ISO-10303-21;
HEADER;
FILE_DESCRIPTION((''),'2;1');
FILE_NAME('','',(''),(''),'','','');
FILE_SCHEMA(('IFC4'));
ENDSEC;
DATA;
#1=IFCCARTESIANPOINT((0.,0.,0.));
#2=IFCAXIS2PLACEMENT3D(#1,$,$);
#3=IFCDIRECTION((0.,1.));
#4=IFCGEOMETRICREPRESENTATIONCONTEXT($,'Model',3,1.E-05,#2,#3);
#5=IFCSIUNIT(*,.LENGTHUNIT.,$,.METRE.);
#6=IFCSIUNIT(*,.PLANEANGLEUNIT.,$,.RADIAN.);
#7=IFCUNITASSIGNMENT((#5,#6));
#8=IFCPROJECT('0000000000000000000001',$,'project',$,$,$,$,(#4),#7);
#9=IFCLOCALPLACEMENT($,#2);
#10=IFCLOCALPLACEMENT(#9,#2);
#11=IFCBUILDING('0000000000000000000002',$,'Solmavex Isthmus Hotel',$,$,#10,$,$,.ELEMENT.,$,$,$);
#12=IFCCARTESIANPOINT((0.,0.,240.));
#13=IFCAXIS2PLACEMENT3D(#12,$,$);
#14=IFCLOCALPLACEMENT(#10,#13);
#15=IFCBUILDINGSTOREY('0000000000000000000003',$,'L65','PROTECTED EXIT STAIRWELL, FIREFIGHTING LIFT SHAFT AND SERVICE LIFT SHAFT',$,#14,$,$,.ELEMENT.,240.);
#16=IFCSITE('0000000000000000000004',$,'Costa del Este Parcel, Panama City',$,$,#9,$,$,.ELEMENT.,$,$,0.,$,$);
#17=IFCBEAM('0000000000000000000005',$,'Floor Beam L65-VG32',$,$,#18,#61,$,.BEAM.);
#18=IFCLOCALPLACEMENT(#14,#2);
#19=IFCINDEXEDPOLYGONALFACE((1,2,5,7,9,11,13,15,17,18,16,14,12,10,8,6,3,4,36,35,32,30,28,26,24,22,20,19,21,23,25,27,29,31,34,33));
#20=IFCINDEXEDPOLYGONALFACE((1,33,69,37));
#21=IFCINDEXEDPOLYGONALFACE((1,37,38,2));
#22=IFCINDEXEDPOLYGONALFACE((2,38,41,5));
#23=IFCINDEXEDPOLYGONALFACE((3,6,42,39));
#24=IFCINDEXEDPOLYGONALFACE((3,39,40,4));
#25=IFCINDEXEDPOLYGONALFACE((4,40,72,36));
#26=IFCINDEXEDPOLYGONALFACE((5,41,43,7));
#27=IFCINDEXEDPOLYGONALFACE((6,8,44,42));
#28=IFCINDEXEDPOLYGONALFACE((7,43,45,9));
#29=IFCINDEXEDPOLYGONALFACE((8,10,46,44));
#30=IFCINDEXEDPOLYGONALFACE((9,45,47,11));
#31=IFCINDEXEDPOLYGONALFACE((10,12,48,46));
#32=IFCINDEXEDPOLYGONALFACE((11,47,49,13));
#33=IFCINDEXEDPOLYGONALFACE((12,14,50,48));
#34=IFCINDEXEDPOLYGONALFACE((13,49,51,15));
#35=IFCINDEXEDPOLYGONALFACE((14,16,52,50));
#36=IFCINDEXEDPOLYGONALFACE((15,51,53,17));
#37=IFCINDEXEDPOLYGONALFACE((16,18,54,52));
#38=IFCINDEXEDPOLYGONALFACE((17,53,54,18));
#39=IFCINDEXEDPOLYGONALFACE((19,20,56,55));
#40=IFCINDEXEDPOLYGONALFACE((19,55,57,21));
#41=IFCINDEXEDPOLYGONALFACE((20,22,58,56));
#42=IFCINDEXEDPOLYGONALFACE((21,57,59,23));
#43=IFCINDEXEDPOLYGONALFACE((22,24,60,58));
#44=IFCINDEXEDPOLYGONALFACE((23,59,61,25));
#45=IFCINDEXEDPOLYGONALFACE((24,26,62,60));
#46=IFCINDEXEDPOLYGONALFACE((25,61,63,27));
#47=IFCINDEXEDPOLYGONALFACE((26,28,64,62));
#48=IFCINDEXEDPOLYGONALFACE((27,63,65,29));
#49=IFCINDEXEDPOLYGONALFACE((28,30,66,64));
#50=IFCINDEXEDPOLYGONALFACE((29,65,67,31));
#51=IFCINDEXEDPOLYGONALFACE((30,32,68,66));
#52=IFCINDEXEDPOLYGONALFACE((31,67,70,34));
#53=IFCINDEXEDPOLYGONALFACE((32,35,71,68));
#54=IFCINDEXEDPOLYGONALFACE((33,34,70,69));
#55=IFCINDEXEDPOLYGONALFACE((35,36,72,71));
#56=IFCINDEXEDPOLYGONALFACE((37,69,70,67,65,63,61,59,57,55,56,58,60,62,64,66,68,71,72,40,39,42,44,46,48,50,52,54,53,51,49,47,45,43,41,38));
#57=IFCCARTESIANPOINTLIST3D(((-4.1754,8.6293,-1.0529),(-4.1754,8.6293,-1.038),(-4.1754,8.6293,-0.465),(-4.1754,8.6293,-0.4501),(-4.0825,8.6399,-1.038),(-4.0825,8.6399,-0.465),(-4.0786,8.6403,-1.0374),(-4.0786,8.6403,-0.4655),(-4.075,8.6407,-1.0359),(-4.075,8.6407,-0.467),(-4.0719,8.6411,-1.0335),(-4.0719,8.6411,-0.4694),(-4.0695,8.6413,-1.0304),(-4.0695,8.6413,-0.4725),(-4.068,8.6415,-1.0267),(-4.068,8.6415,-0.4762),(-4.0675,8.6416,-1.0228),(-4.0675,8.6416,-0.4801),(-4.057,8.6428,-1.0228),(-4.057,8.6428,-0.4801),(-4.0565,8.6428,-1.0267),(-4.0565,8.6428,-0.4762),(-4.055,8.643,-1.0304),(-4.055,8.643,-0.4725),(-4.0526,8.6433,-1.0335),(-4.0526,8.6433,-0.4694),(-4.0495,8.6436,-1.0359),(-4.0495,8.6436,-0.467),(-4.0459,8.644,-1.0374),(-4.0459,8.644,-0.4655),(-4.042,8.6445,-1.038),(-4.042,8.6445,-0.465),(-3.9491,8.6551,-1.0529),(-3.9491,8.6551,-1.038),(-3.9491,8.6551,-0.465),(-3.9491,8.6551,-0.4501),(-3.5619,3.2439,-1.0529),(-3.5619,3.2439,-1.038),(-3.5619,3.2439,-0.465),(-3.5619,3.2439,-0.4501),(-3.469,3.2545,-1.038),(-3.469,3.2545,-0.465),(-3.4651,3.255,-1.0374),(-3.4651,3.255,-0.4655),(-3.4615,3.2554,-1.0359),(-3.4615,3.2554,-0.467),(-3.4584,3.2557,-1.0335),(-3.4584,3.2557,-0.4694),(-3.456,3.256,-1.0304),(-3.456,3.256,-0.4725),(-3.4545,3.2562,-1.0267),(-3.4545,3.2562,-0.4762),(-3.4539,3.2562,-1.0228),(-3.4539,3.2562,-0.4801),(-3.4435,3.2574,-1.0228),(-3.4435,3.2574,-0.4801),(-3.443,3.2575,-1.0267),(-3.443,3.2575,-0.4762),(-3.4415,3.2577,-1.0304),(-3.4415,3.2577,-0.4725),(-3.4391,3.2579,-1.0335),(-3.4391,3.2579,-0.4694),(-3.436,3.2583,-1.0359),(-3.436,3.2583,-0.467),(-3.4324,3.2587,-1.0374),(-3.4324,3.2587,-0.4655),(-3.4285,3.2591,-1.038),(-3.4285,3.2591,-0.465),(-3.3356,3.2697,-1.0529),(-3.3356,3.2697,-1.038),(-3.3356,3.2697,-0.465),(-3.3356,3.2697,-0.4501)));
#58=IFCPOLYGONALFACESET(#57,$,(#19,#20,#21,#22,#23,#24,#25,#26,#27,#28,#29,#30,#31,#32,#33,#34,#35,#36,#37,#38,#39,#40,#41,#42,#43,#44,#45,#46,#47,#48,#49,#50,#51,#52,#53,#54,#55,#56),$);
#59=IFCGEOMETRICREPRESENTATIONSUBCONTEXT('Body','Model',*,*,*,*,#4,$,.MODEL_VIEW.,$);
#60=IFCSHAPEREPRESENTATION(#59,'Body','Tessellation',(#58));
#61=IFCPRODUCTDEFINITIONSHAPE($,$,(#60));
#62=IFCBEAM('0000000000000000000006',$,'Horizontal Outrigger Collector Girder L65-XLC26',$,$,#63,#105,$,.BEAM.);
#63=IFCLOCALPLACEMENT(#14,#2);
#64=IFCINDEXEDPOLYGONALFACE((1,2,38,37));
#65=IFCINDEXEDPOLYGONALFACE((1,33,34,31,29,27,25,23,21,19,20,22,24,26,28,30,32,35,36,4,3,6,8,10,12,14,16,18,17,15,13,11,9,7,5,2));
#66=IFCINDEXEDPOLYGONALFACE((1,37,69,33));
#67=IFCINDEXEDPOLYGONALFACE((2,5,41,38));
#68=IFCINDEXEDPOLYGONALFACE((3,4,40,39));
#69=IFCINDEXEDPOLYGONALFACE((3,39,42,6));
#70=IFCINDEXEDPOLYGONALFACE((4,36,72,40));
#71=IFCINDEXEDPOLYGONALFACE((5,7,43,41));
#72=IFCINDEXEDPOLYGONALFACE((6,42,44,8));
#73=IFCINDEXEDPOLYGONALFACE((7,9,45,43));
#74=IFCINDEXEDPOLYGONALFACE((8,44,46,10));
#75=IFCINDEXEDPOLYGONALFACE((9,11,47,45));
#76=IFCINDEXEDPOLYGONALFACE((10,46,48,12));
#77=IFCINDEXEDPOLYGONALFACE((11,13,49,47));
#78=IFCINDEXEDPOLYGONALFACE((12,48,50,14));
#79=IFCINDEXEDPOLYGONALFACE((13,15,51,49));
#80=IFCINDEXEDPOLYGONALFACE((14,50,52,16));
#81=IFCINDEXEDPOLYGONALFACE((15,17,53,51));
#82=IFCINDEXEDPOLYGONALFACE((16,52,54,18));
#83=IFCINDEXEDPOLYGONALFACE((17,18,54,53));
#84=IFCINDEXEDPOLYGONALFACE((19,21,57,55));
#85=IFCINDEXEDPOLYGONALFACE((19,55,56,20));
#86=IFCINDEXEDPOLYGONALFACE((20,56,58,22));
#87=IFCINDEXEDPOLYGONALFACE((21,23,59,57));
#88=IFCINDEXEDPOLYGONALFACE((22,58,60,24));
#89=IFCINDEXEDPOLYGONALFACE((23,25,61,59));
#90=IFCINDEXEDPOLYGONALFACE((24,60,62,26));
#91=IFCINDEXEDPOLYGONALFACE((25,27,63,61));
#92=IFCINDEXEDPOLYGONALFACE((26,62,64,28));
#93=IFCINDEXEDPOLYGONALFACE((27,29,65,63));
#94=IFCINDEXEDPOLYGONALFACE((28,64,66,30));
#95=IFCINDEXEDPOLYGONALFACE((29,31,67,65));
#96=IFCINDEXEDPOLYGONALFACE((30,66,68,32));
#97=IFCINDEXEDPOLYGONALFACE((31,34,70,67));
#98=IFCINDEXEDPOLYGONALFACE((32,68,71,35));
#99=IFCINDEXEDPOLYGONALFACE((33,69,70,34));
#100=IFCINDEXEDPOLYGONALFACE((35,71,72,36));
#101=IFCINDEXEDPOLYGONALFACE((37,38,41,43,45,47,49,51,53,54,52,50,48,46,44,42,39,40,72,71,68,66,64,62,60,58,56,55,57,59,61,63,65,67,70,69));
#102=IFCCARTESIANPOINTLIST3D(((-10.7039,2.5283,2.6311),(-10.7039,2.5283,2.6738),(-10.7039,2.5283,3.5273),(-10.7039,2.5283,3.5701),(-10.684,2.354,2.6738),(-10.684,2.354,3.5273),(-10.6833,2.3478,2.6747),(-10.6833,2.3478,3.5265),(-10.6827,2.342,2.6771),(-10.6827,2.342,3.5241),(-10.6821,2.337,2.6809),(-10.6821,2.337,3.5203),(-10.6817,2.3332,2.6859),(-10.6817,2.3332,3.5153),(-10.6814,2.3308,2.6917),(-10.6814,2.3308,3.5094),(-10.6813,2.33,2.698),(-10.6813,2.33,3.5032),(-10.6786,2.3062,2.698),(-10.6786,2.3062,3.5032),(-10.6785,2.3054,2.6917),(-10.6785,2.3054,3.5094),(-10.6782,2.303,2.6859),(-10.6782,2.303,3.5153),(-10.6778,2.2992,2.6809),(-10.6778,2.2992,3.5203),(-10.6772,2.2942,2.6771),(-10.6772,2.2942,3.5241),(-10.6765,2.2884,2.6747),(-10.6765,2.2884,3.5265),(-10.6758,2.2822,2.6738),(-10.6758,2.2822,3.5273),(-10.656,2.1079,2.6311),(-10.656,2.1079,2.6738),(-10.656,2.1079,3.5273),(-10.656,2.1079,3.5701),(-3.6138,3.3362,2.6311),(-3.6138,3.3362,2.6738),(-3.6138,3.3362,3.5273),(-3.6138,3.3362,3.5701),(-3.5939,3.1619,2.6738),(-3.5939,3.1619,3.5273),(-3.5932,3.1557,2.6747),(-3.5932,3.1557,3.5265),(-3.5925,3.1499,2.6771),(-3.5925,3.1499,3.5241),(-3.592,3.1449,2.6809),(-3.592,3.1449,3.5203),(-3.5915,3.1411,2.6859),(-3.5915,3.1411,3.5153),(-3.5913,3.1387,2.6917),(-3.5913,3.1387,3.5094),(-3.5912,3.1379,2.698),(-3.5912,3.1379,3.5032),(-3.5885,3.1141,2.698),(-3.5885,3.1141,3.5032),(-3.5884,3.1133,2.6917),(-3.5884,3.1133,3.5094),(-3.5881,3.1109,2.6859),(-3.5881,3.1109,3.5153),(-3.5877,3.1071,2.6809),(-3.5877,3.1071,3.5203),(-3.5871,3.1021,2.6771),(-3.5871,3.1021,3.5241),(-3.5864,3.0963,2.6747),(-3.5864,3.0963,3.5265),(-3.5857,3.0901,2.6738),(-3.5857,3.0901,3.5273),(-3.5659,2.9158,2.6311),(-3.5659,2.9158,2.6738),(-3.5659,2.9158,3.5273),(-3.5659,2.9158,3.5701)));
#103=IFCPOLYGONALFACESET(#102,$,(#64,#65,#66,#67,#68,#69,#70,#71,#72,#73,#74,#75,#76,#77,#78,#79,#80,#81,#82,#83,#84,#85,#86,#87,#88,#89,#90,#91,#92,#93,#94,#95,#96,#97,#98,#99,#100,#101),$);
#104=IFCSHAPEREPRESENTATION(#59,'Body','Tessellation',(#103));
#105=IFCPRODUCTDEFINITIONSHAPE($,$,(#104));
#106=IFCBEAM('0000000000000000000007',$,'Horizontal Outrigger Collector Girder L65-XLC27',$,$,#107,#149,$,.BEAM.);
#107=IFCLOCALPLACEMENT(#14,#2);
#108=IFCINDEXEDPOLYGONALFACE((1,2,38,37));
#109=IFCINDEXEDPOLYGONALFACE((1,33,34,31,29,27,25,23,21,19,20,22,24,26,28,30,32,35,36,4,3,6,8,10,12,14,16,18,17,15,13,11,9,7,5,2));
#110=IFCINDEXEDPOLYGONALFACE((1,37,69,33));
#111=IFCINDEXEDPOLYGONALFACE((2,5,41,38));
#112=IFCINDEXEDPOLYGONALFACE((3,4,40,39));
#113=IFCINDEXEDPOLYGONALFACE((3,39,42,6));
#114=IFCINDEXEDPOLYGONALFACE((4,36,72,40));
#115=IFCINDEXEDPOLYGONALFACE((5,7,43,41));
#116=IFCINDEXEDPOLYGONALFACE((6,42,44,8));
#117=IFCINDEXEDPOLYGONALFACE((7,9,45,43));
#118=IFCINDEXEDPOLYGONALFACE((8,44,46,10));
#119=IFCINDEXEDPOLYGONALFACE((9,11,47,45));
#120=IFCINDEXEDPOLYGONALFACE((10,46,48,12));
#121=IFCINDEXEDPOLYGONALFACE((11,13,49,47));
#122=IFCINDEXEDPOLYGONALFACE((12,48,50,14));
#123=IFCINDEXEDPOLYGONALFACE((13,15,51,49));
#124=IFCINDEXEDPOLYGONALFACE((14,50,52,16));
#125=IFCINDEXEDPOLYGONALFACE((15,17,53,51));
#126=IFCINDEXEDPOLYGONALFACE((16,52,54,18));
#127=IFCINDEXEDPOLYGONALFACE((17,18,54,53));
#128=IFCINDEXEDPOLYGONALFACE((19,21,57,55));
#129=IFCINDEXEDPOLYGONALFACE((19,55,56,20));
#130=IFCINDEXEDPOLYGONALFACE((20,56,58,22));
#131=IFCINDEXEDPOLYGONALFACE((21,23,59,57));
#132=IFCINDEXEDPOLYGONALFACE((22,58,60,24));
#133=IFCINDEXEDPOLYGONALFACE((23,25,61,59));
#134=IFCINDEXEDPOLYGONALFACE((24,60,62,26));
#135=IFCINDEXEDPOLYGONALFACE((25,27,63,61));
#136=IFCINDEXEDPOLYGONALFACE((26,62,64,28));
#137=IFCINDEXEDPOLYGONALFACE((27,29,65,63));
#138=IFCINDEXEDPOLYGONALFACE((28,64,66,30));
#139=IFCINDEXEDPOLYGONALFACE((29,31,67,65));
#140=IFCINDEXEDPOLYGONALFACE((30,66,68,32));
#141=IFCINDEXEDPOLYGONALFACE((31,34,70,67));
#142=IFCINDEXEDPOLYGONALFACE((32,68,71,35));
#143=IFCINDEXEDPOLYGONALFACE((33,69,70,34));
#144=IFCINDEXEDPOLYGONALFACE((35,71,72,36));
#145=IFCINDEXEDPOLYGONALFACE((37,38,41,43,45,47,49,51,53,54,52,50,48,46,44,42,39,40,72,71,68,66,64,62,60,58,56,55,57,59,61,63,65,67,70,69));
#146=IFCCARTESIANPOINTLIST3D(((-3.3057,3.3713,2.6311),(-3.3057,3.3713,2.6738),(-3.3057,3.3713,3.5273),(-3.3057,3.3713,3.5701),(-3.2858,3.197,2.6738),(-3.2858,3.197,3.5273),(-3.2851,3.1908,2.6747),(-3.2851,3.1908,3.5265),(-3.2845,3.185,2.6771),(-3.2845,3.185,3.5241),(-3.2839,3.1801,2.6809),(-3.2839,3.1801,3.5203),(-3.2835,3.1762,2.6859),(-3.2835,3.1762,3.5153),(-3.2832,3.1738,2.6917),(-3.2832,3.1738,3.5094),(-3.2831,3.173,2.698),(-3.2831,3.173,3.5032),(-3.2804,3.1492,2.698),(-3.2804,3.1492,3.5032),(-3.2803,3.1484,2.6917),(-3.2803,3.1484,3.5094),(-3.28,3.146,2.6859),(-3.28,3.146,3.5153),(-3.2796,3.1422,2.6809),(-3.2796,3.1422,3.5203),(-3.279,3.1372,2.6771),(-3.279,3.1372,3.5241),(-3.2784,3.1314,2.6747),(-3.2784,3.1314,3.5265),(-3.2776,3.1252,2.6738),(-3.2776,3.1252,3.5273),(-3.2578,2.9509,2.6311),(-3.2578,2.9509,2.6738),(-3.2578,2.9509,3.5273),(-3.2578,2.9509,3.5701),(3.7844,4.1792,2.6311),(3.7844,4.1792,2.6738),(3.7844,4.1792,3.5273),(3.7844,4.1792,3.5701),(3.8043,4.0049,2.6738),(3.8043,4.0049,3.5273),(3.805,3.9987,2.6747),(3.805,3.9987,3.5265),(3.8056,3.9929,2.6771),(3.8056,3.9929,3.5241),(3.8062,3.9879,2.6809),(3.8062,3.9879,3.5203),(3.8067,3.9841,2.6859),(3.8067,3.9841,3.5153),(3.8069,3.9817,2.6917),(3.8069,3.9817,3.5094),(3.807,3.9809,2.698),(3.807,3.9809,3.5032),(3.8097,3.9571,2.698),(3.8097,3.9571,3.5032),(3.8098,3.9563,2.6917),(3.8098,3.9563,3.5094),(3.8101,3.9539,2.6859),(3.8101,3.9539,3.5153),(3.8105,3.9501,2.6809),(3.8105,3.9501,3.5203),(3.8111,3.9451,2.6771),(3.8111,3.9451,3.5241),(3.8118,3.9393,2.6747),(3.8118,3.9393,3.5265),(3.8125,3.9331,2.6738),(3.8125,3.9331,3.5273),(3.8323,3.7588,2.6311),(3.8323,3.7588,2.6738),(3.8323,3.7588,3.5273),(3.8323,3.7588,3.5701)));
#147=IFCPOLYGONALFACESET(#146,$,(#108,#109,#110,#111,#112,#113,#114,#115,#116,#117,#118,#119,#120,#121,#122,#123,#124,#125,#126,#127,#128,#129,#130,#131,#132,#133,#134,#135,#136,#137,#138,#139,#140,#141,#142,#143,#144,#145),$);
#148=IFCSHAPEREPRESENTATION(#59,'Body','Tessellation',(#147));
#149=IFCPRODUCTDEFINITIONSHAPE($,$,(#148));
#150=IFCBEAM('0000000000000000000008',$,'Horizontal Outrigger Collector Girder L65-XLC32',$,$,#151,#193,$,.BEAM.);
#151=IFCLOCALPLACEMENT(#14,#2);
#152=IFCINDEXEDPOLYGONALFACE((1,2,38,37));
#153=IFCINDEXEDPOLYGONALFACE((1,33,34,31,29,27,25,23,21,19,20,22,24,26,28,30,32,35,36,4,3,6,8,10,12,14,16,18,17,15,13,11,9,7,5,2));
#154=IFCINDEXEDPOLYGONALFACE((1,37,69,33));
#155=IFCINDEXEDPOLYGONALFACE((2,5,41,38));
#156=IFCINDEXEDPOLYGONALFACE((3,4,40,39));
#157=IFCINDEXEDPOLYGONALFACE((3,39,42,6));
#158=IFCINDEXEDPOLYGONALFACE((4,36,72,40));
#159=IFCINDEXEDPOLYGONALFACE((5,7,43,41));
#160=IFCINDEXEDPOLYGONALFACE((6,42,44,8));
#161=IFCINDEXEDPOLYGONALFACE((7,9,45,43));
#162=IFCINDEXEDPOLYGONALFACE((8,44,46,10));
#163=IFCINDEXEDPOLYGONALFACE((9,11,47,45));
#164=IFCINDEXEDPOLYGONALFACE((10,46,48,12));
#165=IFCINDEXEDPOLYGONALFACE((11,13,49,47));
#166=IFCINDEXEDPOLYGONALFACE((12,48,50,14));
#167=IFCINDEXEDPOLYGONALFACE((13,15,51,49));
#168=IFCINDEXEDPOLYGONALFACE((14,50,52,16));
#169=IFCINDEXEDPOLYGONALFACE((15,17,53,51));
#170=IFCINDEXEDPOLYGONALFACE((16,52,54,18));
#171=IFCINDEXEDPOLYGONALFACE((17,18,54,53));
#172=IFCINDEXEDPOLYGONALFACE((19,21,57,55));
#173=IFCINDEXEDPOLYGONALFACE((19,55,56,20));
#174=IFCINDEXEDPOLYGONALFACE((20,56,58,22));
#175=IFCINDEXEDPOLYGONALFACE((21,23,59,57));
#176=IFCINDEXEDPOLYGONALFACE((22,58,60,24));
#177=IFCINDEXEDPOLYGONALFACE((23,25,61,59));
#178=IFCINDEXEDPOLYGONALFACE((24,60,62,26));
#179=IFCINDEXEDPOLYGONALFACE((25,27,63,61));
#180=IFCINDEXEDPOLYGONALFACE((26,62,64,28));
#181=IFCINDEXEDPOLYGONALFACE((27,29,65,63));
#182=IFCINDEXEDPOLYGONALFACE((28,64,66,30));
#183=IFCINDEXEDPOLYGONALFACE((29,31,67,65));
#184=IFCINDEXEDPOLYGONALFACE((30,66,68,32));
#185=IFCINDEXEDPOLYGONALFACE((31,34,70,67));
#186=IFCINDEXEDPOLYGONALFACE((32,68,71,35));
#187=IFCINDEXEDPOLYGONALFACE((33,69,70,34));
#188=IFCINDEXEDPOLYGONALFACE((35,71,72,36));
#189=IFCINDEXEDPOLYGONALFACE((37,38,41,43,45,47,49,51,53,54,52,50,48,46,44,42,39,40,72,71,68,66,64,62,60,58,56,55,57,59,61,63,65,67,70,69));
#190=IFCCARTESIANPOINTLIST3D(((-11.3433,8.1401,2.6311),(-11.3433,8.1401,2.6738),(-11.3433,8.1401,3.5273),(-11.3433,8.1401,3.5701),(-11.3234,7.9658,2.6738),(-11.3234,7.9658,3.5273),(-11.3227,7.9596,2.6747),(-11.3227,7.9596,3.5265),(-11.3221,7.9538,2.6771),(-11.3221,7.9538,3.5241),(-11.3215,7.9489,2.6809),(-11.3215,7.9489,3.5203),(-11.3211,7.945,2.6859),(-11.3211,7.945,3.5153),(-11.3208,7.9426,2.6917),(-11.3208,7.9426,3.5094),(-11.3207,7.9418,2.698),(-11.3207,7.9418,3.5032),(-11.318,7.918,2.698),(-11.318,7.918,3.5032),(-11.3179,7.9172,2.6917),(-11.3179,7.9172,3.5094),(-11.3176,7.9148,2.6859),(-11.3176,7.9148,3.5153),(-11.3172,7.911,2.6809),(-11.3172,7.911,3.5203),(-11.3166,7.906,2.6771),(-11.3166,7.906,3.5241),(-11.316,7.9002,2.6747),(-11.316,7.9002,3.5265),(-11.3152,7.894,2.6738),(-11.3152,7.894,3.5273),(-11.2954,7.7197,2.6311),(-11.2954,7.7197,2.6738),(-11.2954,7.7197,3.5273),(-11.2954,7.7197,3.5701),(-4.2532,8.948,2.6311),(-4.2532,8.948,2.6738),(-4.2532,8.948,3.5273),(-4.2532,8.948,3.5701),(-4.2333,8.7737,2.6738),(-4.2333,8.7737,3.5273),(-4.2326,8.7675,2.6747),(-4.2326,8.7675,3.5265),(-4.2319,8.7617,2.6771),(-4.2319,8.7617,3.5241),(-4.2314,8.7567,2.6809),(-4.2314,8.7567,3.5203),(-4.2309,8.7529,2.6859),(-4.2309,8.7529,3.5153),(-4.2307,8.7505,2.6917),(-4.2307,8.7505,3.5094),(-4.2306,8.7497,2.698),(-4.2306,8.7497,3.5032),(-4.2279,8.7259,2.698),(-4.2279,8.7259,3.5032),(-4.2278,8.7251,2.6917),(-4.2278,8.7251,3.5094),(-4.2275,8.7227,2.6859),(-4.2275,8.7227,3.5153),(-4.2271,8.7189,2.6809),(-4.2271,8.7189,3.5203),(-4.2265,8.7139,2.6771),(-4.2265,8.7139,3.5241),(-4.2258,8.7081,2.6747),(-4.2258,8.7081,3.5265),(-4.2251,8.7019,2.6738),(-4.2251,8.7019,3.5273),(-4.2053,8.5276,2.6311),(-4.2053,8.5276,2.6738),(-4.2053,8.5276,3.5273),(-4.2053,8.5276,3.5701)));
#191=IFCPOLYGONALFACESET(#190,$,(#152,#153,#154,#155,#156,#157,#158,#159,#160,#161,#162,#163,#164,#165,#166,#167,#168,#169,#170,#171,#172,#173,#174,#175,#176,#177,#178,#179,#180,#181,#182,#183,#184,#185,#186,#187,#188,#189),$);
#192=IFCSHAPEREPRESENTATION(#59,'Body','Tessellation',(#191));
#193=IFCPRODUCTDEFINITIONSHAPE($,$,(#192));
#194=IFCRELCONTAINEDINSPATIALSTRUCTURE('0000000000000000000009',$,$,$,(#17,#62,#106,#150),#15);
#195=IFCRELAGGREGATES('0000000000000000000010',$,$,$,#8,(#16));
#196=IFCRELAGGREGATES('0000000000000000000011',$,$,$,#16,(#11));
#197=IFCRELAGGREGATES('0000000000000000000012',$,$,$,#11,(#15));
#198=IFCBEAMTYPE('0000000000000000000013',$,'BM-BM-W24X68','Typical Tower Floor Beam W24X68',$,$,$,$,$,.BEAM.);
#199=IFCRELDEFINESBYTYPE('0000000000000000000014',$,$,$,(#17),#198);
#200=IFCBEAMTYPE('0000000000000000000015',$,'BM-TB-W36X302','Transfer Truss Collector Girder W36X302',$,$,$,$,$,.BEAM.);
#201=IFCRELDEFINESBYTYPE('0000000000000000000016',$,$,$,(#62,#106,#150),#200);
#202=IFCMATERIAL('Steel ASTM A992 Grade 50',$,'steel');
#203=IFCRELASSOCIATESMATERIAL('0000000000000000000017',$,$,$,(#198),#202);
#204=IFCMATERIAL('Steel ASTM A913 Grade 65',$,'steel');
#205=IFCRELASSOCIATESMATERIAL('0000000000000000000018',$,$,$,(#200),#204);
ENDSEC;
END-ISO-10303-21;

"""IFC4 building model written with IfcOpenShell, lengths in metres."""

from ifc_helpers import new_model, si_unit, direction, frame, origin, origin_2d, place, context, subcontext, project, spatial, i_section, extrude, material, material_profile, profile_set, type_object, element, save


model = new_model("IFC4")

# Units and contexts
model_context = context("Model", 3, precision=1e-05, world=origin(), true_north=direction((0.0, 1.0)))
body_context = subcontext(model_context, "Body", "Model", "MODEL_VIEW")
ifc_project = project(units=[si_unit("LENGTHUNIT", "METRE"), si_unit("PLANEANGLEUNIT", "RADIAN")], contexts=[model_context])

# Site, building, storey
site_placement = place(None, origin())
site = spatial("IfcSite", under=ifc_project, at=site_placement, Name="Costa del Este Parcel, Panama City", CompositionType="ELEMENT", RefElevation=0.0)
building_placement = place(site_placement, origin())
building = spatial("IfcBuilding", under=site, at=building_placement, Name="Solmavex Isthmus Hotel", CompositionType="ELEMENT")
storey_placement = place(building_placement, frame((0.0, 0.0, 240.0)))
storey = spatial("IfcBuildingStorey", under=building, at=storey_placement, Name="L65", Description="PROTECTED EXIT STAIRWELL, FIREFIGHTING LIFT SHAFT AND SERVICE LIFT SHAFT", CompositionType="ELEMENT", Elevation=240.0)

# Shared definitions
ifc_material_1 = material(Name="Steel ASTM A913 Grade 65", Category="steel")

# Beams
ifc_material_2 = material(Name="Steel ASTM A992 Grade 50", Category="steel")
ifc_material_profile_1 = material_profile(ifc_material_2, i_section(OverallWidth=0.2278, OverallDepth=0.6028, WebThickness=0.0105, FlangeThickness=0.0149, FilletRadius=0.0151, at=origin_2d()), Name="W24X68")
ifc_profile_set_1 = profile_set([ifc_material_profile_1], Name="Steel ASTM A992 Grade 50")
beam_type_1 = type_object("IfcBeamType", Name="BM-BM-W24X68", Description="Typical Tower Floor Beam W24X68", PredefinedType="BEAM", material=ifc_profile_set_1)
beam_1_placement = place(storey_placement, frame((-3.4487, 3.2568, -0.7515), z_axis=(-0.113195, 0.993573, 0.0), x_axis=(-0.993573, -0.113195, 0.0)))
element("IfcBeam", 1, at=beam_1_placement, inside=storey, type_object=beam_type_1, Name="Floor Beam L65-VG32", PredefinedType="BEAM", context=body_context, shape_type="SweptSolid", body=[
    extrude(i_section(OverallWidth=0.2278, OverallDepth=0.6028, WebThickness=0.0105, FlangeThickness=0.0149, FilletRadius=0.0151, at=origin_2d()), origin(), (0.0, 0.0, 1.0), 5.4202),
])
ifc_material_profile_2 = material_profile(ifc_material_1, i_section(OverallWidth=0.4231, OverallDepth=0.939, WebThickness=0.0239, FlangeThickness=0.0427, FilletRadius=0.0242, at=origin_2d()), Name="W36X302")
ifc_profile_set_2 = profile_set([ifc_material_profile_2], Name="Steel ASTM A913 Grade 65")
beam_type_2 = type_object("IfcBeamType", Name="BM-TB-W36X302", Description="Transfer Truss Collector Girder W36X302", PredefinedType="BEAM", material=ifc_profile_set_2)
for number, where, z_axis, x_axis, name in (
    (2, (-10.6799, 2.3181, 3.1006), (0.993571, 0.11321, 0.0), (-0.11321, 0.993571, 0.0), "Horizontal Outrigger Collector Girder L65-XLC26"),
    (3, (-3.2817, 3.1611, 3.1006), (0.993571, 0.11321, 0.0), (-0.11321, 0.993571, 0.0), "Horizontal Outrigger Collector Girder L65-XLC27"),
    (4, (-11.3193, 7.9299, 3.1006), (0.993571, 0.11321, 0.0), (-0.11321, 0.993571, 0.0), "Horizontal Outrigger Collector Girder L65-XLC32"),
):
    element("IfcBeam", number, at=place(storey_placement, frame(where, z_axis=z_axis, x_axis=x_axis)), inside=storey, type_object=beam_type_2, Name=name, PredefinedType="BEAM", context=body_context, shape_type="SweptSolid", body=[
        extrude(i_section(OverallWidth=0.4231, OverallDepth=0.939, WebThickness=0.0239, FlangeThickness=0.0427, FilletRadius=0.0242, at=origin_2d()), origin(), (0.0, 0.0, 1.0), 7.136),
    ])

save(model, "model.ifc")
